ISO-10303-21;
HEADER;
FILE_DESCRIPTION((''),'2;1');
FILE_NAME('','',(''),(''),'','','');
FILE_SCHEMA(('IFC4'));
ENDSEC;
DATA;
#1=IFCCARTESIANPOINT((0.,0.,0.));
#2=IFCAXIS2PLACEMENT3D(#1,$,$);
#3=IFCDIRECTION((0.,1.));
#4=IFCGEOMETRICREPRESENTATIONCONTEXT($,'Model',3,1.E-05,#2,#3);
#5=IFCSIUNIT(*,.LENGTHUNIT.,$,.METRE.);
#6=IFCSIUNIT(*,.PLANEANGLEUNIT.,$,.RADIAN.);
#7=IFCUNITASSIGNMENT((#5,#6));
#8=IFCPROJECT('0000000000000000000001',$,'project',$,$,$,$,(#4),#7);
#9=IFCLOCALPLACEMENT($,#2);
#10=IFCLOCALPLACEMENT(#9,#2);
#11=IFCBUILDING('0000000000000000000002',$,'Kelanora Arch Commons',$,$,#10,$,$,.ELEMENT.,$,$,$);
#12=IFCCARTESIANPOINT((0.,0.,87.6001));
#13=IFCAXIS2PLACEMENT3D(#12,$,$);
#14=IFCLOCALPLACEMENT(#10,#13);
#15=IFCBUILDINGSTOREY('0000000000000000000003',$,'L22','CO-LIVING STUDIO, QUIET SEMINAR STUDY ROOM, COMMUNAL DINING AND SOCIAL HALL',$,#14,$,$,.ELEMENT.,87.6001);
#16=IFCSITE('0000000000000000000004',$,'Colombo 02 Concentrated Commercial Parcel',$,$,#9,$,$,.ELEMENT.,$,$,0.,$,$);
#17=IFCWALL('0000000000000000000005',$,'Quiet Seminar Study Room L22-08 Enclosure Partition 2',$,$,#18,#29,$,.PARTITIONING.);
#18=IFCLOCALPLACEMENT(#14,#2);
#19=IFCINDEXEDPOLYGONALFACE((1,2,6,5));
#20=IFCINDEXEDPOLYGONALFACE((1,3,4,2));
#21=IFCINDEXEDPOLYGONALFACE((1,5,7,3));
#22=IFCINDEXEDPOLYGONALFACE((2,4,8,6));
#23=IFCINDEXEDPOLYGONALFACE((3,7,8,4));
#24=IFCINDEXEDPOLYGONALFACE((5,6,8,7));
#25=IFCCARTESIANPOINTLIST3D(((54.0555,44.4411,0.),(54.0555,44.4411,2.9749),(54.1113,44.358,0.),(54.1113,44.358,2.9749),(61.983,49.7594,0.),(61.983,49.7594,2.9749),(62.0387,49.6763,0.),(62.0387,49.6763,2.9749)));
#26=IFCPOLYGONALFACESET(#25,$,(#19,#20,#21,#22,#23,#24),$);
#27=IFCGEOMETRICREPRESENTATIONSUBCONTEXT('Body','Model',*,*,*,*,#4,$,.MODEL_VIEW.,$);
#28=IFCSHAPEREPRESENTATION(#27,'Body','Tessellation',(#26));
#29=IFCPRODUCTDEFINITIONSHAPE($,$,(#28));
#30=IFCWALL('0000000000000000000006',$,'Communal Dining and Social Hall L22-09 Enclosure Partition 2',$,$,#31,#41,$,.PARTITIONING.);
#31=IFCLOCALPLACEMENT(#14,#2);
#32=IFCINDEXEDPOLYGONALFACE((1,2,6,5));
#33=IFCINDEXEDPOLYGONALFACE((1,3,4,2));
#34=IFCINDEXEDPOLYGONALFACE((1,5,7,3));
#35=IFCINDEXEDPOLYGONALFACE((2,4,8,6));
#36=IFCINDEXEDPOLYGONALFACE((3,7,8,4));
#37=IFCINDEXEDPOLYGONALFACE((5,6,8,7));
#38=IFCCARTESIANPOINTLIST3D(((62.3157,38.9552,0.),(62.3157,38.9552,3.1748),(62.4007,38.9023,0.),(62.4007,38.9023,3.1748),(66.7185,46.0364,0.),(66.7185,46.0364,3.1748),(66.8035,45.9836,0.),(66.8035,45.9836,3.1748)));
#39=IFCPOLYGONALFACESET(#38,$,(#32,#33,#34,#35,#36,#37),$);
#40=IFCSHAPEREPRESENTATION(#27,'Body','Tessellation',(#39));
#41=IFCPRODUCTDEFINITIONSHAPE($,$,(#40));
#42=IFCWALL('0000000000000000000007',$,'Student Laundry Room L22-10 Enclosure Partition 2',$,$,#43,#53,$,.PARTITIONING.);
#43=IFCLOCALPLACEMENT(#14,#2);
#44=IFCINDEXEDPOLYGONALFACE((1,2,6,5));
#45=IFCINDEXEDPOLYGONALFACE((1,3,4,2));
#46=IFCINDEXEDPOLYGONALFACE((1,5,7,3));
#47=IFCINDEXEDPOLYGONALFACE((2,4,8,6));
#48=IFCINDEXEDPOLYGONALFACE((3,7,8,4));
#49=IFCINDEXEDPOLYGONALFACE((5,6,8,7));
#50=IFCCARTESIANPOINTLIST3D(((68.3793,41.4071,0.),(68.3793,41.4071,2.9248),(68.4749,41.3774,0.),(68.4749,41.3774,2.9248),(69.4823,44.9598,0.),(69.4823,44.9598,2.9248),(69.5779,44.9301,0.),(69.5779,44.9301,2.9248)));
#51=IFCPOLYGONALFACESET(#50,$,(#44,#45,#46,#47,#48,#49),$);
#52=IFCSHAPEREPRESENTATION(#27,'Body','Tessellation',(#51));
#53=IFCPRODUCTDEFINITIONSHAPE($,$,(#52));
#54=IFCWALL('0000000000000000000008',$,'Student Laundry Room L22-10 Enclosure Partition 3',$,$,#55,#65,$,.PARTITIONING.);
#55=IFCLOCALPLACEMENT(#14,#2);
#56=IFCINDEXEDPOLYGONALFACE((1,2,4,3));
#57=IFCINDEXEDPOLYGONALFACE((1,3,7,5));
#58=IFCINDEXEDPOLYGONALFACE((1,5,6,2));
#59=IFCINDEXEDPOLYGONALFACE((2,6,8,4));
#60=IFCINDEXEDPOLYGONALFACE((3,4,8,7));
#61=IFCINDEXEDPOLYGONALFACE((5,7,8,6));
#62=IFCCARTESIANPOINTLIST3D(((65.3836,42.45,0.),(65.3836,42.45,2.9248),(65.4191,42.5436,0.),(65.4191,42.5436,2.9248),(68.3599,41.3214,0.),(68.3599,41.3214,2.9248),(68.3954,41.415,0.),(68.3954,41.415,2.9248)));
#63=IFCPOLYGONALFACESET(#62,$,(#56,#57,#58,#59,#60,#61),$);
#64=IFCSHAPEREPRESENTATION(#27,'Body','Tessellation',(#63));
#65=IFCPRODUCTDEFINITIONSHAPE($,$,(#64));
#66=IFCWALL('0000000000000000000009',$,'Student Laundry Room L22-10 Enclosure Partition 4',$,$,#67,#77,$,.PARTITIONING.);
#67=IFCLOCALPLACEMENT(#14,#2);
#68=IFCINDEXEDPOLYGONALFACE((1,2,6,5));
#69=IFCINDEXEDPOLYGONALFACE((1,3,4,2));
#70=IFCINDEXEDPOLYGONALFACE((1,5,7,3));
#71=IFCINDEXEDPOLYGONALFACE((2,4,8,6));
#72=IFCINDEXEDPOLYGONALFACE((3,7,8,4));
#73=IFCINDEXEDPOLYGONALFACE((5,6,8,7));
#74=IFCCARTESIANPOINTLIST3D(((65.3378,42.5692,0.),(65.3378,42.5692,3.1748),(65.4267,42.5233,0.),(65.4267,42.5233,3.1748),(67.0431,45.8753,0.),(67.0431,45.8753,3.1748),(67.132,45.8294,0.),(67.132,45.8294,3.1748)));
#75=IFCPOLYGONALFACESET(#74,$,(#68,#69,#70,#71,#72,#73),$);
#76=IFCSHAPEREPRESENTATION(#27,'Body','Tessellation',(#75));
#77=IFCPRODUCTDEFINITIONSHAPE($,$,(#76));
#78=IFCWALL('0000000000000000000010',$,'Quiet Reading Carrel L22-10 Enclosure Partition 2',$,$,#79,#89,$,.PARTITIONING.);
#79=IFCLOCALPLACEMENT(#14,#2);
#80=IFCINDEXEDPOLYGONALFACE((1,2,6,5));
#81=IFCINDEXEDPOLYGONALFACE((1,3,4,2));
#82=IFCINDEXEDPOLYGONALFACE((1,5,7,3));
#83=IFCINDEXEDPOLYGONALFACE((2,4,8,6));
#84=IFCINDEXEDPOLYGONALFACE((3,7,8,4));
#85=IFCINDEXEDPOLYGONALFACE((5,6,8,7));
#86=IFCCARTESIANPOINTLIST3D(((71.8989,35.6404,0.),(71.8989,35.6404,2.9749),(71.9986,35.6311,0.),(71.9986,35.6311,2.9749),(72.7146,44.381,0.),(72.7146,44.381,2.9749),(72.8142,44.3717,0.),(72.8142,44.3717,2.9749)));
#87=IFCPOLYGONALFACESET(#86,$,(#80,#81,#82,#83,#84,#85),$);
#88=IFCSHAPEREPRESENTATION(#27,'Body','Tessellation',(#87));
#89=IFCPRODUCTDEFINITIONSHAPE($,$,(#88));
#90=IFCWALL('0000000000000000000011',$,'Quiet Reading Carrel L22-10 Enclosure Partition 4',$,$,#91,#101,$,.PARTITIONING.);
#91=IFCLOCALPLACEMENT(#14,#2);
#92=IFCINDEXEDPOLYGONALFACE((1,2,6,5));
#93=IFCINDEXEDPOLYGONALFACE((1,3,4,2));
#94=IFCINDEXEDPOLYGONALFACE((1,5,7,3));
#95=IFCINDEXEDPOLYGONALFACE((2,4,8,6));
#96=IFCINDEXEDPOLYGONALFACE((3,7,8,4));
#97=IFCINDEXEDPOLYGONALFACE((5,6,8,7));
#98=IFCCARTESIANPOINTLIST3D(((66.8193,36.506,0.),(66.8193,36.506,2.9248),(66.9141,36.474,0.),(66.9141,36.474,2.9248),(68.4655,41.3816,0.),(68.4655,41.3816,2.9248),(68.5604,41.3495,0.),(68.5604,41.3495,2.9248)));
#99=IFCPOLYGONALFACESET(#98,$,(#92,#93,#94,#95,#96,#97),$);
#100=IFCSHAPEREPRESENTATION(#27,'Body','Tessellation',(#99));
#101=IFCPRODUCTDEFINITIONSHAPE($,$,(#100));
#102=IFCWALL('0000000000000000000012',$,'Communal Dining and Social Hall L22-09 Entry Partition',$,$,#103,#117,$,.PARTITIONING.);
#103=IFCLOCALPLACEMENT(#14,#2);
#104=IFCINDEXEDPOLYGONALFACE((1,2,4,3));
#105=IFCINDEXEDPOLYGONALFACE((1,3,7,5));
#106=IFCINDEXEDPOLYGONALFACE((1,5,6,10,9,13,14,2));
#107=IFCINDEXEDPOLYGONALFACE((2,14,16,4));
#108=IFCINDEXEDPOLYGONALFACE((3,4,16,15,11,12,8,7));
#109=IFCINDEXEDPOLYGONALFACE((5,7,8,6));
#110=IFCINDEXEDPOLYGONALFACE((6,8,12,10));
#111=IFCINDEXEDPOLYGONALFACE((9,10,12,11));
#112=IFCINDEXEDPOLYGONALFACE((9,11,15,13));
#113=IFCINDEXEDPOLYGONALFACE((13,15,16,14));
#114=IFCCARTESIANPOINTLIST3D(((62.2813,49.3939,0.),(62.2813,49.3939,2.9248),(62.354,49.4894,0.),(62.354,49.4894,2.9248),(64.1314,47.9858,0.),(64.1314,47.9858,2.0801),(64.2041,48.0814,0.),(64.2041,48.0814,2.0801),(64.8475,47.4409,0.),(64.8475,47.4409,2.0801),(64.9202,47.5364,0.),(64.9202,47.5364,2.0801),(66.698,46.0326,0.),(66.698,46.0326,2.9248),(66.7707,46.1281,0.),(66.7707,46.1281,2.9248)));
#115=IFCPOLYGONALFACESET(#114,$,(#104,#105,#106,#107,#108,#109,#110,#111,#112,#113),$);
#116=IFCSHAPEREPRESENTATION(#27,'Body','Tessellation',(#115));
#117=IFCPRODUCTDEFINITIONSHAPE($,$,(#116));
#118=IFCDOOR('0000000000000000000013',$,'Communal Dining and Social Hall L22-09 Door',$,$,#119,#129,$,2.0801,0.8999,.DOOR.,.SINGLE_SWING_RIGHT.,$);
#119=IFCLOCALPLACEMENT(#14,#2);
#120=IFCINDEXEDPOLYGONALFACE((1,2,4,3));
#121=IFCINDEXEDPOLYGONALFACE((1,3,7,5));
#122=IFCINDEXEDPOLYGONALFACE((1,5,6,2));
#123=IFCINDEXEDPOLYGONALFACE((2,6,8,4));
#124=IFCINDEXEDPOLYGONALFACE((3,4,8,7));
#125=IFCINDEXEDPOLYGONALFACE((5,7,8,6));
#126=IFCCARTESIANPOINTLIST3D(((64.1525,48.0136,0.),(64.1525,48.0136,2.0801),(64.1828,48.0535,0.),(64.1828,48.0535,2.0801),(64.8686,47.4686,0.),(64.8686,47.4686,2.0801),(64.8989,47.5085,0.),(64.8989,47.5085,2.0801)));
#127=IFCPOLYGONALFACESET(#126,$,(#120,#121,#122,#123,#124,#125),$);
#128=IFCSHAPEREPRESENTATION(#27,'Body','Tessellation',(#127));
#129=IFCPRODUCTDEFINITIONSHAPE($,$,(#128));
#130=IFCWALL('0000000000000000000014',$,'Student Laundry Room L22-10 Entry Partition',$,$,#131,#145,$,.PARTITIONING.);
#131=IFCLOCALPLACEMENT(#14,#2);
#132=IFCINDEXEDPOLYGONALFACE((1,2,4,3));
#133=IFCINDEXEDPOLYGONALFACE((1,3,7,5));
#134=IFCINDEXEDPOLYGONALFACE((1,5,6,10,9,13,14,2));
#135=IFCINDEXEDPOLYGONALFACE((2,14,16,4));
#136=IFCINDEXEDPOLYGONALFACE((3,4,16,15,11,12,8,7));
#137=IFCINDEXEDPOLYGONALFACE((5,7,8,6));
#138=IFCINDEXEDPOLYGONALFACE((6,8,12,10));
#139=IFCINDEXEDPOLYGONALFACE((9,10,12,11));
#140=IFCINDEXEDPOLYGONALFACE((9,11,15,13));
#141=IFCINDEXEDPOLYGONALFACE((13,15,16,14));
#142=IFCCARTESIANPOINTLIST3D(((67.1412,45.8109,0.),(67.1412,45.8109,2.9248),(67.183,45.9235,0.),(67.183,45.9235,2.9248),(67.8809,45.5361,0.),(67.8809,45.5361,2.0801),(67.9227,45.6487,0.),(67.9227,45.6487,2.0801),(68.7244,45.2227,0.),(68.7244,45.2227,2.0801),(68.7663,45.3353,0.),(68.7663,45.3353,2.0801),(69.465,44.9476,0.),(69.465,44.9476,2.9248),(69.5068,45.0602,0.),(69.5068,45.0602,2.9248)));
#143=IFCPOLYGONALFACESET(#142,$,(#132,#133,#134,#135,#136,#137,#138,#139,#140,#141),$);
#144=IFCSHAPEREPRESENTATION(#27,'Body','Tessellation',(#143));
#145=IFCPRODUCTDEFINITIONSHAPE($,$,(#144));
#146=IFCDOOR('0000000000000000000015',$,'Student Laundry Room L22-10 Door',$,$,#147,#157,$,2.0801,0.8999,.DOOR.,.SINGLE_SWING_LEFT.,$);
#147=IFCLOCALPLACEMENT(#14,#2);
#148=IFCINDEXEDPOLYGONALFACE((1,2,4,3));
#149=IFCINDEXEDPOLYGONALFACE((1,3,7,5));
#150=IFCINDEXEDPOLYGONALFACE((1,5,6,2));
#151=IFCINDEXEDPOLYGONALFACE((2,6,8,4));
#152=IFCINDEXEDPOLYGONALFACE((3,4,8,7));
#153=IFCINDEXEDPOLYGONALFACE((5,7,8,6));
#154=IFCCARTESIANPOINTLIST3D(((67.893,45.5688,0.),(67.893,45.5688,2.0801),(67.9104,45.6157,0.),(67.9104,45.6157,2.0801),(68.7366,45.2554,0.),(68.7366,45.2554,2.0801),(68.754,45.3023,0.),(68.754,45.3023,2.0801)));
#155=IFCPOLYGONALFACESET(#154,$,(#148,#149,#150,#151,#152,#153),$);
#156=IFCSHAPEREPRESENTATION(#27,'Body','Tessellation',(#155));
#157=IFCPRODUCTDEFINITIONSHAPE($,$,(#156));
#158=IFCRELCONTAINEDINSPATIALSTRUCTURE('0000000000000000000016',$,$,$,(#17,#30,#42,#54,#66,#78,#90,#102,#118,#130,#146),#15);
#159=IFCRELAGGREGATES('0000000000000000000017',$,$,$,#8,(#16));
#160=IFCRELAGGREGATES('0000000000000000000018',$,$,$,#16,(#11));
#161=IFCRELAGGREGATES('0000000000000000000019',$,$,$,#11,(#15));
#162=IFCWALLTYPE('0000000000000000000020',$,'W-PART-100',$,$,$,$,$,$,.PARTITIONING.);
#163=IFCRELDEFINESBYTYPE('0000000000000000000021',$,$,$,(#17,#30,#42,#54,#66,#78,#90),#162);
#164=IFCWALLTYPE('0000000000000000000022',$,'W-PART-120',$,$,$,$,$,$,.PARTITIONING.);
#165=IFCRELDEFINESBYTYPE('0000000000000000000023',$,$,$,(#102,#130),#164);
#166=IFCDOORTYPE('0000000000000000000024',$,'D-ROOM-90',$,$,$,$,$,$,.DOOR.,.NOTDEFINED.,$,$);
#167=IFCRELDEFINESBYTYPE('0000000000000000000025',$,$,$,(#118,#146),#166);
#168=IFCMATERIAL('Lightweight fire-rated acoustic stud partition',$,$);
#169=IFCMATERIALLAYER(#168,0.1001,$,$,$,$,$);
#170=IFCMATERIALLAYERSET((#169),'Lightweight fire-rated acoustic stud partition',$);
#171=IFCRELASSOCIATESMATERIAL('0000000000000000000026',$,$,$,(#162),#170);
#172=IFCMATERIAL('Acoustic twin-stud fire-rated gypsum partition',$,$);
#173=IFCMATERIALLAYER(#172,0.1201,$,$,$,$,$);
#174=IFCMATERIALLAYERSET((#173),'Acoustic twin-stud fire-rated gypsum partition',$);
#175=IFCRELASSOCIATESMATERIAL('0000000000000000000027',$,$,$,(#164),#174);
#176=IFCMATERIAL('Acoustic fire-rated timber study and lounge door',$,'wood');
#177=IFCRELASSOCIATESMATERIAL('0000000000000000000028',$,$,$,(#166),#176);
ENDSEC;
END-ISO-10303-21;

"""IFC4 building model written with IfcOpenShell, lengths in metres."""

from ifc_helpers import new_model, si_unit, direction, frame, frame_2d, origin, place, context, subcontext, project, spatial, rectangle, extrude, material, layer, layer_set, type_object, element, fill, save


model = new_model("IFC4")

# Units and contexts
model_context = context("Model", 3, precision=1e-05, world=origin(), true_north=direction((0.0, 1.0)))
body_context = subcontext(model_context, "Body", "Model", "MODEL_VIEW")
ifc_project = project(units=[si_unit("LENGTHUNIT", "METRE"), si_unit("PLANEANGLEUNIT", "RADIAN")], contexts=[model_context])

# Site, building, storey
site_placement = place(None, origin())
site = spatial("IfcSite", under=ifc_project, at=site_placement, Name="Colombo 02 Concentrated Commercial Parcel", CompositionType="ELEMENT", RefElevation=0.0)
building_placement = place(site_placement, origin())
building = spatial("IfcBuilding", under=site, at=building_placement, Name="Kelanora Arch Commons", CompositionType="ELEMENT")
storey_placement = place(building_placement, frame((0.0, 0.0, 87.6001)))
storey = spatial("IfcBuildingStorey", under=building, at=storey_placement, Name="L22", Description="CO-LIVING STUDIO, QUIET SEMINAR STUDY ROOM, COMMUNAL DINING AND SOCIAL HALL", CompositionType="ELEMENT", Elevation=87.6001)

# Walls
ifc_material_1 = material(Name="Lightweight fire-rated acoustic stud partition")
ifc_layer_1 = layer(ifc_material_1, 0.1001)
ifc_layer_set_1 = layer_set([ifc_layer_1], Name="Lightweight fire-rated acoustic stud partition")
wall_type_1 = type_object("IfcWallType", Name="W-PART-100", PredefinedType="PARTITIONING", material=ifc_layer_set_1)
wall_1_placement = place(storey_placement, frame((62.0107, 49.7178, 0.0), z_axis=(0.0, 0.0, 1.0), x_axis=(-0.830434, -0.557118, 0.0)))
element("IfcWall", 1, at=wall_1_placement, inside=storey, type_object=wall_type_1, Name="Quiet Seminar Study Room L22-08 Enclosure Partition 2", PredefinedType="PARTITIONING", context=body_context, shape_type="SweptSolid", body=[
    extrude(rectangle(XDim=9.5461, YDim=0.1001, at=frame_2d((4.7729, 0.0))), origin(), (0.0, 0.0, 1.0), 2.9749),
])
wall_2_placement = place(storey_placement, frame((66.761, 46.01, 0.0), z_axis=(0.0, 0.0, 1.0), x_axis=(-0.528016, -0.849235, 0.0)))
element("IfcWall", 2, at=wall_2_placement, inside=storey, type_object=wall_type_1, Name="Communal Dining and Social Hall L22-09 Enclosure Partition 2", PredefinedType="PARTITIONING", context=body_context, shape_type="SweptSolid", body=[
    extrude(rectangle(XDim=8.3384, YDim=0.1001, at=frame_2d((4.1692, 0.0))), origin(), (0.0, 0.0, 1.0), 3.1748),
])
wall_3_placement = place(storey_placement, frame((69.53, 44.9448, 0.0), z_axis=(0.0, 0.0, 1.0), x_axis=(-0.296511, -0.95503, 0.0)))
element("IfcWall", 3, at=wall_3_placement, inside=storey, type_object=wall_type_1, Name="Student Laundry Room L22-10 Enclosure Partition 2", PredefinedType="PARTITIONING", context=body_context, shape_type="SweptSolid", body=[
    extrude(rectangle(XDim=3.72, YDim=0.1001, at=frame_2d((1.8599, 0.0))), origin(), (0.0, 0.0, 1.0), 2.9248),
])
wall_4_placement = place(storey_placement, frame((68.3777, 41.3682, 0.0), z_axis=(0.0, 0.0, 1.0), x_axis=(-0.935027, 0.354576, 0.0)))
element("IfcWall", 4, at=wall_4_placement, inside=storey, type_object=wall_type_1, Name="Student Laundry Room L22-10 Enclosure Partition 3", PredefinedType="PARTITIONING", context=body_context, shape_type="SweptSolid", body=[
    extrude(rectangle(XDim=3.1831, YDim=0.1001, at=frame_2d((1.5916, 0.0))), origin(), (0.0, 0.0, 1.0), 2.9248),
])
wall_5_placement = place(storey_placement, frame((65.3823, 42.5464, 0.0), z_axis=(0.0, 0.0, 1.0), x_axis=(0.458414, 0.888739, 0.0)))
element("IfcWall", 5, at=wall_5_placement, inside=storey, type_object=wall_type_1, Name="Student Laundry Room L22-10 Enclosure Partition 4", PredefinedType="PARTITIONING", context=body_context, shape_type="SweptSolid", body=[
    extrude(rectangle(XDim=3.72, YDim=0.1001, at=frame_2d((1.8599, 0.0))), origin(), (0.0, 0.0, 1.0), 3.1748),
])
wall_6_placement = place(storey_placement, frame((72.7644, 44.3762, 0.0), z_axis=(0.0, 0.0, 1.0), x_axis=(-0.092918, -0.995674, 0.0)))
element("IfcWall", 6, at=wall_6_placement, inside=storey, type_object=wall_type_1, Name="Quiet Reading Carrel L22-10 Enclosure Partition 2", PredefinedType="PARTITIONING", context=body_context, shape_type="SweptSolid", body=[
    extrude(rectangle(XDim=8.7786, YDim=0.1001, at=frame_2d((4.3892, 0.0))), origin(), (0.0, 0.0, 1.0), 2.9749),
])
wall_7_placement = place(storey_placement, frame((66.8667, 36.49, 0.0), z_axis=(0.0, 0.0, 1.0), x_axis=(0.319912, 0.947447, 0.0)))
element("IfcWall", 7, at=wall_7_placement, inside=storey, type_object=wall_type_1, Name="Quiet Reading Carrel L22-10 Enclosure Partition 4", PredefinedType="PARTITIONING", context=body_context, shape_type="SweptSolid", body=[
    extrude(rectangle(XDim=5.146, YDim=0.1001, at=frame_2d((2.573, 0.0))), origin(), (0.0, 0.0, 1.0), 2.9248),
])

# Walls, openings, doors
ifc_material_2 = material(Name="Acoustic twin-stud fire-rated gypsum partition")
ifc_layer_2 = layer(ifc_material_2, 0.1201)
ifc_layer_set_2 = layer_set([ifc_layer_2], Name="Acoustic twin-stud fire-rated gypsum partition")
wall_type_2 = type_object("IfcWallType", Name="W-PART-120", PredefinedType="PARTITIONING", material=ifc_layer_set_2)
wall_8_placement = place(storey_placement, frame((62.3176, 49.4417, 0.0), z_axis=(0.0, 0.0, 1.0), x_axis=(0.795763, -0.605608, 0.0)))
wall_8 = element("IfcWall", 8, at=wall_8_placement, inside=storey, type_object=wall_type_2, Name="Communal Dining and Social Hall L22-09 Entry Partition", PredefinedType="PARTITIONING", context=body_context, shape_type="SweptSolid", body=[
    extrude(rectangle(XDim=5.5503, YDim=0.1201, at=frame_2d((2.7751, 0.0))), origin(), (0.0, 0.0, 1.0), 2.9248),
])
opening_1_placement = place(wall_8_placement, frame((2.325, 0.0, 0.0)))
opening_1 = element("IfcOpeningElement", 9, at=opening_1_placement, cuts=wall_8, PredefinedType="OPENING", context=body_context, shape_type="SweptSolid", body=[
    extrude(rectangle(XDim=0.8999, YDim=2.0801, at=frame_2d((0.45, 1.04))), frame((0.0, 0.0701, 0.0), z_axis=(0.0, -1.0, 0.0), x_axis=(1.0, 0.0, 0.0)), (0.0, 0.0, 1.0), 0.1401),
])
ifc_material_3 = material(Name="Acoustic fire-rated timber study and lounge door", Category="wood")
door_type_1 = type_object("IfcDoorType", Name="D-ROOM-90", OperationType="NOTDEFINED", PredefinedType="DOOR", material=ifc_material_3)
door_1_placement = place(opening_1_placement, origin())
door_1 = element("IfcDoor", 10, at=door_1_placement, inside=storey, type_object=door_type_1, Name="Communal Dining and Social Hall L22-09 Door", OperationType="SINGLE_SWING_RIGHT", OverallHeight=2.0801, OverallWidth=0.8999, PredefinedType="DOOR", context=body_context, shape_type="SweptSolid", body=[
    extrude(rectangle(XDim=0.8999, YDim=2.0801, at=frame_2d((0.45, 1.04))), frame((0.0, 0.0249, 0.0), z_axis=(0.0, -1.0, 0.0), x_axis=(1.0, 0.0, 0.0)), (0.0, 0.0, 1.0), 0.05),
])
fill(opening_1, door_1)
wall_9_placement = place(storey_placement, frame((67.1621, 45.8672, 0.0), z_axis=(0.0, 0.0, 1.0), x_axis=(0.937401, -0.348251, 0.0)))
wall_9 = element("IfcWall", 11, at=wall_9_placement, inside=storey, type_object=wall_type_2, Name="Student Laundry Room L22-10 Entry Partition", PredefinedType="PARTITIONING", context=body_context, shape_type="SweptSolid", body=[
    extrude(rectangle(XDim=2.479, YDim=0.1201, at=frame_2d((1.2395, 0.0))), origin(), (0.0, 0.0, 1.0), 2.9248),
])
opening_2_placement = place(wall_9_placement, frame((0.7891, 0.0, 0.0)))
opening_2 = element("IfcOpeningElement", 12, at=opening_2_placement, cuts=wall_9, PredefinedType="OPENING", context=body_context, shape_type="SweptSolid", body=[
    extrude(rectangle(XDim=0.8999, YDim=2.0801, at=frame_2d((0.45, 1.04))), frame((0.0, 0.0701, 0.0), z_axis=(0.0, -1.0, 0.0), x_axis=(1.0, 0.0, 0.0)), (0.0, 0.0, 1.0), 0.1401),
])
door_2_placement = place(opening_2_placement, origin())
door_2 = element("IfcDoor", 13, at=door_2_placement, inside=storey, type_object=door_type_1, Name="Student Laundry Room L22-10 Door", OperationType="SINGLE_SWING_LEFT", OverallHeight=2.0801, OverallWidth=0.8999, PredefinedType="DOOR", context=body_context, shape_type="SweptSolid", body=[
    extrude(rectangle(XDim=0.8999, YDim=2.0801, at=frame_2d((0.45, 1.04))), frame((0.0, 0.0249, 0.0), z_axis=(0.0, -1.0, 0.0), x_axis=(1.0, 0.0, 0.0)), (0.0, 0.0, 1.0), 0.05),
])
fill(opening_2, door_2)

save(model, "model.ifc")
